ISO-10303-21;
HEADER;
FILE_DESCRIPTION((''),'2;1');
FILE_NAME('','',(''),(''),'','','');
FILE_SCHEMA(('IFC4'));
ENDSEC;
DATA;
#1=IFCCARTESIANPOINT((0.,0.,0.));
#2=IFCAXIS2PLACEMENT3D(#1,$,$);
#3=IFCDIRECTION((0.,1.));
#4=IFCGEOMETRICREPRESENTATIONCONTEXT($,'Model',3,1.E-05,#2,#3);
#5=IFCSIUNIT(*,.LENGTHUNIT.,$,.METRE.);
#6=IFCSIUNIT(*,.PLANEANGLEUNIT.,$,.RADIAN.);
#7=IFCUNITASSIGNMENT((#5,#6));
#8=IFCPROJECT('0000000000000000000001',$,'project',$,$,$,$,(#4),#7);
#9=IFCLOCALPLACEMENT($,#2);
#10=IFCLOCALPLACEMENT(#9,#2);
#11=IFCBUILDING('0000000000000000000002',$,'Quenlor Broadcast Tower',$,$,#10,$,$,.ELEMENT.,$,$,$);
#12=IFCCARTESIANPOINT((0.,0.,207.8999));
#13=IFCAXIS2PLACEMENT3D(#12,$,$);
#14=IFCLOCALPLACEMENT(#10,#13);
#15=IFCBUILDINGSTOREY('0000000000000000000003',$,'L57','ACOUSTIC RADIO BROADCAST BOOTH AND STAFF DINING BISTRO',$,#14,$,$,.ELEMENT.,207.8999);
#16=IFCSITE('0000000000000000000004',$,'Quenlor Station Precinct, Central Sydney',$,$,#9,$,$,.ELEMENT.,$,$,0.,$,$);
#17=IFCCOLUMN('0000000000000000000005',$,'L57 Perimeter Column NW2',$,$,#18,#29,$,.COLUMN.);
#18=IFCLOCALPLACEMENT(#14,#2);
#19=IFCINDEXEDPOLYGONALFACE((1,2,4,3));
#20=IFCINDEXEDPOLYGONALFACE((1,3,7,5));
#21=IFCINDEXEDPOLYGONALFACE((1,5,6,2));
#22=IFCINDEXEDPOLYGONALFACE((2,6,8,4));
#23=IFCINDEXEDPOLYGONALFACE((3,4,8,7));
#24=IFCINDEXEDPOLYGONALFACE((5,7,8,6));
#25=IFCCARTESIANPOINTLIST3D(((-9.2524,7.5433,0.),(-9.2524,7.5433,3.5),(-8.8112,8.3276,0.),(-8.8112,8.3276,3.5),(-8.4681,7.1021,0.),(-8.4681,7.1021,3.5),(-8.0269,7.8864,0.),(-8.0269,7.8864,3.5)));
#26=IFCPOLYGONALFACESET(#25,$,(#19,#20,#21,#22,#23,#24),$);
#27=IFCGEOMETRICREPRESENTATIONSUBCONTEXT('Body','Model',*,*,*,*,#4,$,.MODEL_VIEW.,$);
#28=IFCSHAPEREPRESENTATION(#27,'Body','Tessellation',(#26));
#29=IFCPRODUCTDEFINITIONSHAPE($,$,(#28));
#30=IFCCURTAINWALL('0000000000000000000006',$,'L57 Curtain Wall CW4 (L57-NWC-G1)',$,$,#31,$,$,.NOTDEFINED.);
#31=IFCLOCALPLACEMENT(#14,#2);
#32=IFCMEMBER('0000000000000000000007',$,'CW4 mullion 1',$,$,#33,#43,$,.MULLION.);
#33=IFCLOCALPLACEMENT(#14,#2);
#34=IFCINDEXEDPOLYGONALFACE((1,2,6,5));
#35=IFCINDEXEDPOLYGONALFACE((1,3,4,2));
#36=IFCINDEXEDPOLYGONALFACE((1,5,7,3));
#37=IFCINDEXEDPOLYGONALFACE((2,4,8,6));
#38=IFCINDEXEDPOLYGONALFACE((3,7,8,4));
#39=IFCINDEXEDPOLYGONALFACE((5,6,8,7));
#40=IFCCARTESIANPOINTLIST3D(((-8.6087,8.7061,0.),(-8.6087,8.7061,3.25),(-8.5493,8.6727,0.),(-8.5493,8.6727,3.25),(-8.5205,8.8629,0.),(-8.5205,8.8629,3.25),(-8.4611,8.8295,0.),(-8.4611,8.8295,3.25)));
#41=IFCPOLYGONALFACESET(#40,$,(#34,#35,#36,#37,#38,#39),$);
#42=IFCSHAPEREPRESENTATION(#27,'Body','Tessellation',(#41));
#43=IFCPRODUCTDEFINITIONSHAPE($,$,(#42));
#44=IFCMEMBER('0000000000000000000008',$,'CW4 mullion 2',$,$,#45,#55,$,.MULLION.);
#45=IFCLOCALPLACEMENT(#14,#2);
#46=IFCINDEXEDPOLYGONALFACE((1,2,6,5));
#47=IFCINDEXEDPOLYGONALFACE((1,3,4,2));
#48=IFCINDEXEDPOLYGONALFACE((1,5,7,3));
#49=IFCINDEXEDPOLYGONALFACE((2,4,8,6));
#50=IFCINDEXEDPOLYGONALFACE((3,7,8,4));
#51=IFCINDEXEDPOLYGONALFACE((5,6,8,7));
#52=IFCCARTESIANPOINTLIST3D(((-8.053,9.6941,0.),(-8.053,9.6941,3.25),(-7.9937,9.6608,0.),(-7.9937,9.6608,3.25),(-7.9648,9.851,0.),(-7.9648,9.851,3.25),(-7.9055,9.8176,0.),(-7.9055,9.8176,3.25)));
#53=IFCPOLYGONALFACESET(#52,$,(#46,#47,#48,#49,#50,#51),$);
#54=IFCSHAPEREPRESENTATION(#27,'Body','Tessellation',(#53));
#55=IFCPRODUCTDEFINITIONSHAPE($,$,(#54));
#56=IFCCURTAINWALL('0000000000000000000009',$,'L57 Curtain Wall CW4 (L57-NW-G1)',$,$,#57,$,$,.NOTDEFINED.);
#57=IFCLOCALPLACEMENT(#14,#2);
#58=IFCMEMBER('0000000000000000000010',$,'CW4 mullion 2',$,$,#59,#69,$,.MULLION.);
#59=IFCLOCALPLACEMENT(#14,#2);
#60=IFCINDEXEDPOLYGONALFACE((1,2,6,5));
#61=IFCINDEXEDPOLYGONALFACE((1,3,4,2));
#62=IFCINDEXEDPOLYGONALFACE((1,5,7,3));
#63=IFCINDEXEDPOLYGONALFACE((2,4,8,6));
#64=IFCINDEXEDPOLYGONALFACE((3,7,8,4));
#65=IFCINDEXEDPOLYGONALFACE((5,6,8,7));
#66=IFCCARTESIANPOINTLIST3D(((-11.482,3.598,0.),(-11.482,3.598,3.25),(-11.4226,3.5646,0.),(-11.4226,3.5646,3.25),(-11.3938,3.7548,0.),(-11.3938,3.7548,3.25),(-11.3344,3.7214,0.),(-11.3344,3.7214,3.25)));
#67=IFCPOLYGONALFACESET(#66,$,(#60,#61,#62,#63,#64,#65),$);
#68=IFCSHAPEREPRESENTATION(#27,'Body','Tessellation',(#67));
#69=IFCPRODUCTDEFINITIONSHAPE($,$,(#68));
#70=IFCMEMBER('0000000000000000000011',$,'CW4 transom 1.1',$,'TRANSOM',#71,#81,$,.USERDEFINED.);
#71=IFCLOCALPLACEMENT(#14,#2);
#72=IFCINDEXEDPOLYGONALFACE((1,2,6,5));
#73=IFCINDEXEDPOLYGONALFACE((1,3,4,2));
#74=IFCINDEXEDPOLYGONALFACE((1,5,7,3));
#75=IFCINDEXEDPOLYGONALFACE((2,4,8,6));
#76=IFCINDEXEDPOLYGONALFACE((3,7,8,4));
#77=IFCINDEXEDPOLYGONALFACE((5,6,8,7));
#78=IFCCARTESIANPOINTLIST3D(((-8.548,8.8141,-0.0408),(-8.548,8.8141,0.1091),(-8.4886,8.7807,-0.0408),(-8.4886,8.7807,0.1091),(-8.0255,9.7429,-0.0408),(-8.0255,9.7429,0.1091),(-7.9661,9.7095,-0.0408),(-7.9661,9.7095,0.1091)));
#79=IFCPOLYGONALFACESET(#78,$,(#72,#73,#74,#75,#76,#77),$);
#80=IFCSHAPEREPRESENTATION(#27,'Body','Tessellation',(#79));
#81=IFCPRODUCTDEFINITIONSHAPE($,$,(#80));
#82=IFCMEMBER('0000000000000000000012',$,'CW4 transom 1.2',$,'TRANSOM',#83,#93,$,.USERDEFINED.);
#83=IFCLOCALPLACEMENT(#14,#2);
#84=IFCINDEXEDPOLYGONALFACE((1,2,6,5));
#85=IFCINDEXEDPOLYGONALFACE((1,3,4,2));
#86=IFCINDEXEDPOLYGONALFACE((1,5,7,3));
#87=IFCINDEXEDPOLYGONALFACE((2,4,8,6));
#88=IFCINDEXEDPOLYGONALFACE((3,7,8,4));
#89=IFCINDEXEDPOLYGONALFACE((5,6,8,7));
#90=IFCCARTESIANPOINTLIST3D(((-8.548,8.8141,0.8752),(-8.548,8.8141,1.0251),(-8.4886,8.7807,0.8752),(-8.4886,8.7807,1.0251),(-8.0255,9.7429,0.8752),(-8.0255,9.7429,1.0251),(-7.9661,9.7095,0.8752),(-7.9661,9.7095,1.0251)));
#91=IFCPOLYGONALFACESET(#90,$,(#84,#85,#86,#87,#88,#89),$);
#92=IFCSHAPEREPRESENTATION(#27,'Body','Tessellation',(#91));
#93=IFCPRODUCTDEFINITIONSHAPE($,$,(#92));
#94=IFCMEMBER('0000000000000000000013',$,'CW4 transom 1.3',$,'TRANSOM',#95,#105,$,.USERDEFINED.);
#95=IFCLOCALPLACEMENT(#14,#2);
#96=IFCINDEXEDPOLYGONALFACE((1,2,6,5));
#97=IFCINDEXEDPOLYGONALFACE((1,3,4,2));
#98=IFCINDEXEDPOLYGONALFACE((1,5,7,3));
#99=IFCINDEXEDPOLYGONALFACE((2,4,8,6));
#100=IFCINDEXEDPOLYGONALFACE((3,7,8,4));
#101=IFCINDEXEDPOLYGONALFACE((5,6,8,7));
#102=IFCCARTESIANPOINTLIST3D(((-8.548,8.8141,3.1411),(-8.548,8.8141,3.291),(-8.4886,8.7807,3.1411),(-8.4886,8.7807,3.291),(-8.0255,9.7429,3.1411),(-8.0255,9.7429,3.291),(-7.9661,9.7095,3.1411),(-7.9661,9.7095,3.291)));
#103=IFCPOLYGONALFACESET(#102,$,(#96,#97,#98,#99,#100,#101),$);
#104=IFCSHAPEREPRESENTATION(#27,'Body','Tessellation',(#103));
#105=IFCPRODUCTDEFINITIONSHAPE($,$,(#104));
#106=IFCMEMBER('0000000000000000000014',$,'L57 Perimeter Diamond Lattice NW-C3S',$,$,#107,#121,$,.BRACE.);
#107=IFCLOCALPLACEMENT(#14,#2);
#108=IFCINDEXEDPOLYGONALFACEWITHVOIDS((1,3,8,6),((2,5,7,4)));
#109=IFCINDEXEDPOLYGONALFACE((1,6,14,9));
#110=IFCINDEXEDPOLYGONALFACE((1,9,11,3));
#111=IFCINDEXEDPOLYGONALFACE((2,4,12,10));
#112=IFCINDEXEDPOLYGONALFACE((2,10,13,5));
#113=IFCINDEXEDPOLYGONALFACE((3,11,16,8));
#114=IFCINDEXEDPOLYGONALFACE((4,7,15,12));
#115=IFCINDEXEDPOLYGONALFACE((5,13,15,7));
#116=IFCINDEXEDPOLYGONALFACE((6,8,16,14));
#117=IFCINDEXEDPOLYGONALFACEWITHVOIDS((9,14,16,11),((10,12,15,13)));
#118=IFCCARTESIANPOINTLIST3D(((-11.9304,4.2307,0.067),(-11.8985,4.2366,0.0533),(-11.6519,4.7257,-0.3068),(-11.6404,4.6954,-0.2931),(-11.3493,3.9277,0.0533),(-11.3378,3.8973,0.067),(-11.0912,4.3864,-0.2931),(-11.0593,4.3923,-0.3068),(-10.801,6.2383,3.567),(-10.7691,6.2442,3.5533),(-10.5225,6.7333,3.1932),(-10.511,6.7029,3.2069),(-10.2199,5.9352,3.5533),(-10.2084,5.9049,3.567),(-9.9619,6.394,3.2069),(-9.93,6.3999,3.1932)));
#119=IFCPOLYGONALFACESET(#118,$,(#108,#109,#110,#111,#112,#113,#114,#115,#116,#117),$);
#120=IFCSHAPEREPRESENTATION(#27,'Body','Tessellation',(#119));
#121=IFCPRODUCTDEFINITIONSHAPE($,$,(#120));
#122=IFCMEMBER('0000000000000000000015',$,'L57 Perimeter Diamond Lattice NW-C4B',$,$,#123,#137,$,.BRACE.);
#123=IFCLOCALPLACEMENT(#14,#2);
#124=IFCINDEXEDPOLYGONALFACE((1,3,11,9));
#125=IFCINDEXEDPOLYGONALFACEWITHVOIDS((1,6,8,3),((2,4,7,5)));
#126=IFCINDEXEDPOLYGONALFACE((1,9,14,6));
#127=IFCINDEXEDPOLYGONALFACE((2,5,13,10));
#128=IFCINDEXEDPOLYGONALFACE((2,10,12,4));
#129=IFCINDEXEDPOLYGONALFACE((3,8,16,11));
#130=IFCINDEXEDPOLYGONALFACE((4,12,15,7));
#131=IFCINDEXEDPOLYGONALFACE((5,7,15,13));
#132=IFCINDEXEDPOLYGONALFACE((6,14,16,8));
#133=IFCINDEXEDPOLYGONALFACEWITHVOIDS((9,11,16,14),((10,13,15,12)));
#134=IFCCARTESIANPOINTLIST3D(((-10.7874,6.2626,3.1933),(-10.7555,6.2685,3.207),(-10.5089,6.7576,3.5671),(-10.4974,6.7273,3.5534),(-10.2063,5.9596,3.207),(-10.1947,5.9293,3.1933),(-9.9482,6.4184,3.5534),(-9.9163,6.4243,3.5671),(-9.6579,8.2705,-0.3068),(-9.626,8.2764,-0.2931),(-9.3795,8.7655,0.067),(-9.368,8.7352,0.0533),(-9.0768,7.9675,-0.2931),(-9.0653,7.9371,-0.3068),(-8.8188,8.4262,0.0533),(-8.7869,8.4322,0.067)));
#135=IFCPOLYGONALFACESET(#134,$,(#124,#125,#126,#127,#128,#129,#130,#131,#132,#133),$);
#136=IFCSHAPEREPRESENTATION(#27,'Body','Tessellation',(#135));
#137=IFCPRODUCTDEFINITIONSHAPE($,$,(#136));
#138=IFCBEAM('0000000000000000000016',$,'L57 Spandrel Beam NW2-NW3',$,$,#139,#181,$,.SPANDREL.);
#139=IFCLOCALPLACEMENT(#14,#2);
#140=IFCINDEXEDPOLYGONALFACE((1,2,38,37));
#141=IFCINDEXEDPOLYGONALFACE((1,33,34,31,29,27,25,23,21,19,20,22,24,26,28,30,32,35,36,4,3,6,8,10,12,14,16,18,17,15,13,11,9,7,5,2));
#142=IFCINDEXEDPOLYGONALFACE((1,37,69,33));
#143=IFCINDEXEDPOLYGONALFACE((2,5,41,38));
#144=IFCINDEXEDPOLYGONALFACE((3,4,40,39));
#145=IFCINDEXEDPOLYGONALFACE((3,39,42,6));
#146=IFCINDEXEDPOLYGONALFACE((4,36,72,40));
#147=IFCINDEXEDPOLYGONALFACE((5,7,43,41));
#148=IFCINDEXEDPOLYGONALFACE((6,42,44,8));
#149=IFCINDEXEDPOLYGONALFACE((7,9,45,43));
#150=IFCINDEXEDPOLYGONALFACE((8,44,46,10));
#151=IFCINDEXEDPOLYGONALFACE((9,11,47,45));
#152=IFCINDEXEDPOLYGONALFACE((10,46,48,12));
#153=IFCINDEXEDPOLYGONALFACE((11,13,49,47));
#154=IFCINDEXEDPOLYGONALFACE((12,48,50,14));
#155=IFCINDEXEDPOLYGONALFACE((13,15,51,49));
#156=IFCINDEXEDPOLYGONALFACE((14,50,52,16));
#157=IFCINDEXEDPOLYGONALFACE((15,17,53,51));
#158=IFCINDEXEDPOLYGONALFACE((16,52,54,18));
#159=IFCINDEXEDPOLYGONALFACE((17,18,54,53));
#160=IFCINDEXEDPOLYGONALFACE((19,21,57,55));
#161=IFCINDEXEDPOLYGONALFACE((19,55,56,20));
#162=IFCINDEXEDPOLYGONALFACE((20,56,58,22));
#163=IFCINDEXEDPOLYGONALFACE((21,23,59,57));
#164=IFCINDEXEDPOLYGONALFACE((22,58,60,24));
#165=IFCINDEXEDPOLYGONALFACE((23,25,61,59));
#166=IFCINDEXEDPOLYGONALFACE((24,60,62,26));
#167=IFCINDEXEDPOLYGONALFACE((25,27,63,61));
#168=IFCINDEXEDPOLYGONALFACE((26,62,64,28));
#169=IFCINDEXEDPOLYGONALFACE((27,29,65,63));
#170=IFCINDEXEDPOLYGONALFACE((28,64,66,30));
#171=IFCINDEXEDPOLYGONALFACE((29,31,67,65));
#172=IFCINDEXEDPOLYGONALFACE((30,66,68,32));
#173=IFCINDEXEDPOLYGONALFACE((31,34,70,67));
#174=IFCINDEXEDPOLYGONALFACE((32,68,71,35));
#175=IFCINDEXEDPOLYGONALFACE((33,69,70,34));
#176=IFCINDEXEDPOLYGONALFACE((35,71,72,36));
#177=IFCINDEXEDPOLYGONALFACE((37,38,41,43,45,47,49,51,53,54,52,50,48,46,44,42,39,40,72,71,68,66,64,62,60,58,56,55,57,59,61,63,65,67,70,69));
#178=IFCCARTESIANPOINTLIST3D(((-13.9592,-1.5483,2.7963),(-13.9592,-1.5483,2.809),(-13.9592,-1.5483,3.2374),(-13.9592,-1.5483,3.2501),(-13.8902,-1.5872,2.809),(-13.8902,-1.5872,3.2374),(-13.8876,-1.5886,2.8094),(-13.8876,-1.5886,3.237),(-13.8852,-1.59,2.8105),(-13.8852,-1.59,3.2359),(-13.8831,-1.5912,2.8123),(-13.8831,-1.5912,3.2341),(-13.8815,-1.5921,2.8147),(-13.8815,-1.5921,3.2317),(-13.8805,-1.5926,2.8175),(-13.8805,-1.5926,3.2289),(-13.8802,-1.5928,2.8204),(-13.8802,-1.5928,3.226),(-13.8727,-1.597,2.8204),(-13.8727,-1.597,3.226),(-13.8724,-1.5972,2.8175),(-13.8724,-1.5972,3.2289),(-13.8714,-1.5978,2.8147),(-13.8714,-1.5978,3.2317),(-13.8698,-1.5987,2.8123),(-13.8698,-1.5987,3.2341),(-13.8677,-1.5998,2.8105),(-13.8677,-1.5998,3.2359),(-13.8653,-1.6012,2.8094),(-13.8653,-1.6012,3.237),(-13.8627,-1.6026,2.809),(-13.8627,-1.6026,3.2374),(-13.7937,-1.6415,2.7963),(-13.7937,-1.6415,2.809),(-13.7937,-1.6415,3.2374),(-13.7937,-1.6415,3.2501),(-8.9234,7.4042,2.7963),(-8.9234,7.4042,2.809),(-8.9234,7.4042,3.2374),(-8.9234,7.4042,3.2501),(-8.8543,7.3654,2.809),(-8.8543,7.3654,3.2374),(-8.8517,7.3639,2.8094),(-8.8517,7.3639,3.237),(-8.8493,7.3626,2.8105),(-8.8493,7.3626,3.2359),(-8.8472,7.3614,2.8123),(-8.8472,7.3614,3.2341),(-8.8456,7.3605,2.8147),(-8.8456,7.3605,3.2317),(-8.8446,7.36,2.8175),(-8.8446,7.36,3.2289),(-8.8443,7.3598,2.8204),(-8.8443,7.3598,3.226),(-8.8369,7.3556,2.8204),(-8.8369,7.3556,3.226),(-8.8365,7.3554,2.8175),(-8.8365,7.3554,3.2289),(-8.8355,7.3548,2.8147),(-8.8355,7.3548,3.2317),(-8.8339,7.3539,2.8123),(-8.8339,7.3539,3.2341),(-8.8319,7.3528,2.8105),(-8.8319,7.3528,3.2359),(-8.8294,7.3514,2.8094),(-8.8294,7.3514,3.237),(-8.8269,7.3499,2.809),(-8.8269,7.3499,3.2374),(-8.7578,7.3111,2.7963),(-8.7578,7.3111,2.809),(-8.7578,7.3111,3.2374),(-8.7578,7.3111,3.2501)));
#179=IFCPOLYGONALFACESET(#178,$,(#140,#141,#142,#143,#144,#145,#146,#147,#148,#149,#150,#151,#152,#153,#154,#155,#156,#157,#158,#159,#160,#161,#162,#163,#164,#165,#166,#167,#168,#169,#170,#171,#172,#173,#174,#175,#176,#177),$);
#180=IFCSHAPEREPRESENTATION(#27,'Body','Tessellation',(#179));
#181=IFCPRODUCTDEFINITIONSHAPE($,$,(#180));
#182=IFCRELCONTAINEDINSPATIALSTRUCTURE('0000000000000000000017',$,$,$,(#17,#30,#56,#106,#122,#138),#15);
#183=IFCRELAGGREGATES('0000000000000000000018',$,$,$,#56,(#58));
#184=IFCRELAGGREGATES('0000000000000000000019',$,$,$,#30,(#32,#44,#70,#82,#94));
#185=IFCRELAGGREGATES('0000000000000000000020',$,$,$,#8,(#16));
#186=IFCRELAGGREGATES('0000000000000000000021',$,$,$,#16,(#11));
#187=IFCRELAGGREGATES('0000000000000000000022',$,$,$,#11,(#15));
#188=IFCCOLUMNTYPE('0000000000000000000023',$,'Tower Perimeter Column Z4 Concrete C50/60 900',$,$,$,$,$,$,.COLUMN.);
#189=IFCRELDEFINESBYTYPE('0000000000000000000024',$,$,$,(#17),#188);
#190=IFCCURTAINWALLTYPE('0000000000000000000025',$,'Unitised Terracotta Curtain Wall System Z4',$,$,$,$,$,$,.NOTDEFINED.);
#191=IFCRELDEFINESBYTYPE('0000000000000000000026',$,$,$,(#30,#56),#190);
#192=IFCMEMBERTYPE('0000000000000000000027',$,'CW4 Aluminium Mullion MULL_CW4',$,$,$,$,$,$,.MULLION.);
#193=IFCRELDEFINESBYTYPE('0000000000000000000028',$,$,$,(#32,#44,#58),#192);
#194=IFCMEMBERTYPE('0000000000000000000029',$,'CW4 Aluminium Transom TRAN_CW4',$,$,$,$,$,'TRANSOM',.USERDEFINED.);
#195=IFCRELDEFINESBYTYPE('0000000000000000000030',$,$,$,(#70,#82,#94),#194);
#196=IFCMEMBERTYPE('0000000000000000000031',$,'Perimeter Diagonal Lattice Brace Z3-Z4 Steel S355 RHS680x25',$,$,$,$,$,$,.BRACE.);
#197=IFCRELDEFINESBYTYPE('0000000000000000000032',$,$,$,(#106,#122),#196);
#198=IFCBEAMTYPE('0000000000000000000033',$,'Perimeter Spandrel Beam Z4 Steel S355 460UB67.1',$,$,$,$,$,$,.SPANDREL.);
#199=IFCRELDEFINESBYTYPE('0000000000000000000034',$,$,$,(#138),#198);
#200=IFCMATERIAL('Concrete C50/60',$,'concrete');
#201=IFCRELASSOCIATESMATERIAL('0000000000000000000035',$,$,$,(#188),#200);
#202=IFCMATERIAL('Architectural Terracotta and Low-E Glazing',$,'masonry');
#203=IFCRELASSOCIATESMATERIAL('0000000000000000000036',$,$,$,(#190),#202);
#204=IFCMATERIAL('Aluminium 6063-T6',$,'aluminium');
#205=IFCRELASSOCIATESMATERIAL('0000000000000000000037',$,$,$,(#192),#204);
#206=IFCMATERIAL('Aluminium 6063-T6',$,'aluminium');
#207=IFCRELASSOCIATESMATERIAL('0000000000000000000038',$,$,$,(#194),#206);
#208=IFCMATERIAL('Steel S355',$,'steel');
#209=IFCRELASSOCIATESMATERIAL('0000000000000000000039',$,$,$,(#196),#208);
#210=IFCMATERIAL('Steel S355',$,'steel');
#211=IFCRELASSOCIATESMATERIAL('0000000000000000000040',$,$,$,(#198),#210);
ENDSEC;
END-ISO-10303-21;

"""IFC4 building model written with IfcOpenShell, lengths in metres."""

from ifc_helpers import new_model, si_unit, direction, frame, origin, origin_2d, place, context, subcontext, project, spatial, rectangle, hollow_rectangle, i_section, extrude, material, material_profile, profile_set, type_object, element, aggregate, save


model = new_model("IFC4")

# Units and contexts
model_context = context("Model", 3, precision=1e-05, world=origin(), true_north=direction((0.0, 1.0)))
body_context = subcontext(model_context, "Body", "Model", "MODEL_VIEW")
ifc_project = project(units=[si_unit("LENGTHUNIT", "METRE"), si_unit("PLANEANGLEUNIT", "RADIAN")], contexts=[model_context])

# Site, building, storey
site_placement = place(None, origin())
site = spatial("IfcSite", under=ifc_project, at=site_placement, Name="Quenlor Station Precinct, Central Sydney", CompositionType="ELEMENT", RefElevation=0.0)
building_placement = place(site_placement, origin())
building = spatial("IfcBuilding", under=site, at=building_placement, Name="Quenlor Broadcast Tower", CompositionType="ELEMENT")
storey_placement = place(building_placement, frame((0.0, 0.0, 207.8999)))
storey = spatial("IfcBuildingStorey", under=building, at=storey_placement, Name="L57", Description="ACOUSTIC RADIO BROADCAST BOOTH AND STAFF DINING BISTRO", CompositionType="ELEMENT", Elevation=207.8999)

# Column
ifc_material_1 = material(Name="Concrete C50/60", Category="concrete")
ifc_material_profile_1 = material_profile(ifc_material_1, rectangle(XDim=0.8999, YDim=0.8999, at=origin_2d()))
ifc_profile_set_1 = profile_set([ifc_material_profile_1], Name="Concrete C50/60 RC900x900")
column_type = type_object("IfcColumnType", Name="Tower Perimeter Column Z4 Concrete C50/60 900", PredefinedType="COLUMN", material=ifc_profile_set_1)
column_placement = place(storey_placement, frame((-8.6396, 7.7148, 0.0), z_axis=(0.0, 0.0, 1.0), x_axis=(-0.871575, 0.490262, 0.0)))
element("IfcColumn", 1, at=column_placement, inside=storey, type_object=column_type, Name="L57 Perimeter Column NW2", PredefinedType="COLUMN", context=body_context, shape_type="SweptSolid", body=[
    extrude(rectangle(XDim=0.8999, YDim=0.8999, at=origin_2d()), origin(), (0.0, 0.0, 1.0), 3.5),
])

# Curtain wall, members
ifc_material_2 = material(Name="Architectural Terracotta and Low-E Glazing", Category="masonry")
curtain_wall_type = type_object("IfcCurtainWallType", Name="Unitised Terracotta Curtain Wall System Z4", PredefinedType="NOTDEFINED", material=ifc_material_2)
curtain_wall_1_placement = place(storey_placement, origin())
curtain_wall_1 = element("IfcCurtainWall", 2, at=curtain_wall_1_placement, inside=storey, type_object=curtain_wall_type, Name="L57 Curtain Wall CW4 (L57-NWC-G1)", PredefinedType="NOTDEFINED")
ifc_material_3 = material(Name="Aluminium 6063-T6", Category="aluminium")
ifc_material_profile_2 = material_profile(ifc_material_3, rectangle(XDim=0.0681, YDim=0.1799, at=origin_2d()))
ifc_profile_set_2 = profile_set([ifc_material_profile_2], Name="Aluminium 6063-T6 MULL68x180")
member_type_1 = type_object("IfcMemberType", Name="CW4 Aluminium Mullion MULL_CW4", PredefinedType="MULLION", material=ifc_profile_set_2)
member_1_placement = place(storey_placement, frame((-8.5349, 8.7678, 0.0), z_axis=(0.0, 0.0, 1.0), x_axis=(-0.871558, 0.490293, 0.0)))
member_1 = element("IfcMember", 3, at=member_1_placement, type_object=member_type_1, Name="CW4 mullion 1", PredefinedType="MULLION", context=body_context, shape_type="SweptSolid", body=[
    extrude(rectangle(XDim=0.0681, YDim=0.1799, at=origin_2d()), origin(), (0.0, 0.0, 1.0), 3.25),
])
member_2_placement = place(storey_placement, frame((-7.9792, 9.7559, 0.0), z_axis=(0.0, 0.0, 1.0), x_axis=(-0.871558, 0.490293, 0.0)))
member_2 = element("IfcMember", 4, at=member_2_placement, type_object=member_type_1, Name="CW4 mullion 2", PredefinedType="MULLION", context=body_context, shape_type="SweptSolid", body=[
    extrude(rectangle(XDim=0.0681, YDim=0.1799, at=origin_2d()), origin(), (0.0, 0.0, 1.0), 3.25),
])

# Curtain wall, member
curtain_wall_2_placement = place(storey_placement, origin())
curtain_wall_2 = element("IfcCurtainWall", 5, at=curtain_wall_2_placement, inside=storey, type_object=curtain_wall_type, Name="L57 Curtain Wall CW4 (L57-NW-G1)", PredefinedType="NOTDEFINED")
member_3_placement = place(storey_placement, frame((-11.4082, 3.6597, 0.0), z_axis=(0.0, 0.0, 1.0), x_axis=(-0.87156, 0.490289, 0.0)))
member_3 = element("IfcMember", 6, at=member_3_placement, type_object=member_type_1, Name="CW4 mullion 2", PredefinedType="MULLION", context=body_context, shape_type="SweptSolid", body=[
    extrude(rectangle(XDim=0.0681, YDim=0.1799, at=origin_2d()), origin(), (0.0, 0.0, 1.0), 3.25),
])
aggregate(curtain_wall_2, [member_3])

# Members
ifc_material_4 = material(Name="Aluminium 6063-T6", Category="aluminium")
ifc_material_profile_3 = material_profile(ifc_material_4, rectangle(XDim=0.0681, YDim=0.1499, at=origin_2d()))
ifc_profile_set_3 = profile_set([ifc_material_profile_3], Name="Aluminium 6063-T6 TRAN68x150")
member_type_2 = type_object("IfcMemberType", Name="CW4 Aluminium Transom TRAN_CW4", ElementType="TRANSOM", PredefinedType="USERDEFINED", material=ifc_profile_set_3)
member_4_placement = place(storey_placement, frame((-8.5183, 8.7974, 0.0342), z_axis=(0.490305, 0.871551, 0.0), x_axis=(-0.871551, 0.490305, 0.0)))
member_4 = element("IfcMember", 7, at=member_4_placement, type_object=member_type_2, Name="CW4 transom 1.1", ObjectType="TRANSOM", PredefinedType="USERDEFINED", context=body_context, shape_type="SweptSolid", body=[
    extrude(rectangle(XDim=0.0681, YDim=0.1499, at=origin_2d()), origin(), (0.0, 0.0, 1.0), 1.0657),
])
member_5_placement = place(storey_placement, frame((-8.5183, 8.7974, 0.9502), z_axis=(0.490305, 0.871551, 0.0), x_axis=(-0.871551, 0.490305, 0.0)))
member_5 = element("IfcMember", 8, at=member_5_placement, type_object=member_type_2, Name="CW4 transom 1.2", ObjectType="TRANSOM", PredefinedType="USERDEFINED", context=body_context, shape_type="SweptSolid", body=[
    extrude(rectangle(XDim=0.0681, YDim=0.1499, at=origin_2d()), origin(), (0.0, 0.0, 1.0), 1.0657),
])
member_6_placement = place(storey_placement, frame((-8.5183, 8.7974, 3.2161), z_axis=(0.490305, 0.871551, 0.0), x_axis=(-0.871551, 0.490305, 0.0)))
member_6 = element("IfcMember", 9, at=member_6_placement, type_object=member_type_2, Name="CW4 transom 1.3", ObjectType="TRANSOM", PredefinedType="USERDEFINED", context=body_context, shape_type="SweptSolid", body=[
    extrude(rectangle(XDim=0.0681, YDim=0.1499, at=origin_2d()), origin(), (0.0, 0.0, 1.0), 1.0657),
])

# Members
ifc_material_5 = material(Name="Steel S355", Category="steel")
ifc_material_profile_4 = material_profile(ifc_material_5, hollow_rectangle(XDim=0.6799, YDim=0.6799, WallThickness=0.0249, at=origin_2d()))
ifc_profile_set_4 = profile_set([ifc_material_profile_4], Name="Steel S355 RHS680x680x25")
member_type_3 = type_object("IfcMemberType", Name="Perimeter Diagonal Lattice Brace Z3-Z4 Steel S355 RHS680x25", PredefinedType="BRACE", material=ifc_profile_set_4)
member_7_placement = place(storey_placement, frame((-11.4949, 4.3115, -0.1199), z_axis=(0.269547, 0.479136, 0.835328), x_axis=(-0.87155, 0.490307, 0.0)))
element("IfcMember", 10, at=member_7_placement, inside=storey, type_object=member_type_3, Name="L57 Perimeter Diamond Lattice NW-C3S", PredefinedType="BRACE", context=body_context, shape_type="SweptSolid", body=[
    extrude(hollow_rectangle(XDim=0.6799, YDim=0.6799, WallThickness=0.0249, at=origin_2d()), origin(), (0.0, 0.0, 1.0), 4.1899),
])
member_8_placement = place(storey_placement, frame((-9.2224, 8.3513, -0.1199), z_axis=(-0.26954, -0.479181, 0.835305), x_axis=(0.871576, -0.490261, 0.0)))
element("IfcMember", 11, at=member_8_placement, inside=storey, type_object=member_type_3, Name="L57 Perimeter Diamond Lattice NW-C4B", PredefinedType="BRACE", context=body_context, shape_type="SweptSolid", body=[
    extrude(hollow_rectangle(XDim=0.6799, YDim=0.6799, WallThickness=0.0249, at=origin_2d()), origin(), (0.0, 0.0, 1.0), 4.1902),
])

# Beam
ifc_material_6 = material(Name="Steel S355", Category="steel")
ifc_material_profile_5 = material_profile(ifc_material_6, i_section(OverallWidth=0.1899, OverallDepth=0.4539, WebThickness=0.0085, FlangeThickness=0.0127, FilletRadius=0.0115, at=origin_2d()))
ifc_profile_set_5 = profile_set([ifc_material_profile_5], Name="Steel S355 460UB67.1")
beam_type_1 = type_object("IfcBeamType", Name="Perimeter Spandrel Beam Z4 Steel S355 460UB67.1", PredefinedType="SPANDREL", material=ifc_profile_set_5)
beam_1_placement = place(storey_placement, frame((-8.8406, 7.3577, 3.0232), z_axis=(-0.490263, -0.871574, 0.0), x_axis=(0.871574, -0.490263, 0.0)))
element("IfcBeam", 12, at=beam_1_placement, inside=storey, type_object=beam_type_1, Name="L57 Spandrel Beam NW2-NW3", PredefinedType="SPANDREL", context=body_context, shape_type="SweptSolid", body=[
    extrude(i_section(OverallWidth=0.1899, OverallDepth=0.4539, WebThickness=0.0085, FlangeThickness=0.0127, FilletRadius=0.0115, at=origin_2d()), origin(), (0.0, 0.0, 1.0), 10.2717),
])

aggregate(curtain_wall_1, [member_1, member_2, member_4, member_5, member_6])

save(model, "model.ifc")
